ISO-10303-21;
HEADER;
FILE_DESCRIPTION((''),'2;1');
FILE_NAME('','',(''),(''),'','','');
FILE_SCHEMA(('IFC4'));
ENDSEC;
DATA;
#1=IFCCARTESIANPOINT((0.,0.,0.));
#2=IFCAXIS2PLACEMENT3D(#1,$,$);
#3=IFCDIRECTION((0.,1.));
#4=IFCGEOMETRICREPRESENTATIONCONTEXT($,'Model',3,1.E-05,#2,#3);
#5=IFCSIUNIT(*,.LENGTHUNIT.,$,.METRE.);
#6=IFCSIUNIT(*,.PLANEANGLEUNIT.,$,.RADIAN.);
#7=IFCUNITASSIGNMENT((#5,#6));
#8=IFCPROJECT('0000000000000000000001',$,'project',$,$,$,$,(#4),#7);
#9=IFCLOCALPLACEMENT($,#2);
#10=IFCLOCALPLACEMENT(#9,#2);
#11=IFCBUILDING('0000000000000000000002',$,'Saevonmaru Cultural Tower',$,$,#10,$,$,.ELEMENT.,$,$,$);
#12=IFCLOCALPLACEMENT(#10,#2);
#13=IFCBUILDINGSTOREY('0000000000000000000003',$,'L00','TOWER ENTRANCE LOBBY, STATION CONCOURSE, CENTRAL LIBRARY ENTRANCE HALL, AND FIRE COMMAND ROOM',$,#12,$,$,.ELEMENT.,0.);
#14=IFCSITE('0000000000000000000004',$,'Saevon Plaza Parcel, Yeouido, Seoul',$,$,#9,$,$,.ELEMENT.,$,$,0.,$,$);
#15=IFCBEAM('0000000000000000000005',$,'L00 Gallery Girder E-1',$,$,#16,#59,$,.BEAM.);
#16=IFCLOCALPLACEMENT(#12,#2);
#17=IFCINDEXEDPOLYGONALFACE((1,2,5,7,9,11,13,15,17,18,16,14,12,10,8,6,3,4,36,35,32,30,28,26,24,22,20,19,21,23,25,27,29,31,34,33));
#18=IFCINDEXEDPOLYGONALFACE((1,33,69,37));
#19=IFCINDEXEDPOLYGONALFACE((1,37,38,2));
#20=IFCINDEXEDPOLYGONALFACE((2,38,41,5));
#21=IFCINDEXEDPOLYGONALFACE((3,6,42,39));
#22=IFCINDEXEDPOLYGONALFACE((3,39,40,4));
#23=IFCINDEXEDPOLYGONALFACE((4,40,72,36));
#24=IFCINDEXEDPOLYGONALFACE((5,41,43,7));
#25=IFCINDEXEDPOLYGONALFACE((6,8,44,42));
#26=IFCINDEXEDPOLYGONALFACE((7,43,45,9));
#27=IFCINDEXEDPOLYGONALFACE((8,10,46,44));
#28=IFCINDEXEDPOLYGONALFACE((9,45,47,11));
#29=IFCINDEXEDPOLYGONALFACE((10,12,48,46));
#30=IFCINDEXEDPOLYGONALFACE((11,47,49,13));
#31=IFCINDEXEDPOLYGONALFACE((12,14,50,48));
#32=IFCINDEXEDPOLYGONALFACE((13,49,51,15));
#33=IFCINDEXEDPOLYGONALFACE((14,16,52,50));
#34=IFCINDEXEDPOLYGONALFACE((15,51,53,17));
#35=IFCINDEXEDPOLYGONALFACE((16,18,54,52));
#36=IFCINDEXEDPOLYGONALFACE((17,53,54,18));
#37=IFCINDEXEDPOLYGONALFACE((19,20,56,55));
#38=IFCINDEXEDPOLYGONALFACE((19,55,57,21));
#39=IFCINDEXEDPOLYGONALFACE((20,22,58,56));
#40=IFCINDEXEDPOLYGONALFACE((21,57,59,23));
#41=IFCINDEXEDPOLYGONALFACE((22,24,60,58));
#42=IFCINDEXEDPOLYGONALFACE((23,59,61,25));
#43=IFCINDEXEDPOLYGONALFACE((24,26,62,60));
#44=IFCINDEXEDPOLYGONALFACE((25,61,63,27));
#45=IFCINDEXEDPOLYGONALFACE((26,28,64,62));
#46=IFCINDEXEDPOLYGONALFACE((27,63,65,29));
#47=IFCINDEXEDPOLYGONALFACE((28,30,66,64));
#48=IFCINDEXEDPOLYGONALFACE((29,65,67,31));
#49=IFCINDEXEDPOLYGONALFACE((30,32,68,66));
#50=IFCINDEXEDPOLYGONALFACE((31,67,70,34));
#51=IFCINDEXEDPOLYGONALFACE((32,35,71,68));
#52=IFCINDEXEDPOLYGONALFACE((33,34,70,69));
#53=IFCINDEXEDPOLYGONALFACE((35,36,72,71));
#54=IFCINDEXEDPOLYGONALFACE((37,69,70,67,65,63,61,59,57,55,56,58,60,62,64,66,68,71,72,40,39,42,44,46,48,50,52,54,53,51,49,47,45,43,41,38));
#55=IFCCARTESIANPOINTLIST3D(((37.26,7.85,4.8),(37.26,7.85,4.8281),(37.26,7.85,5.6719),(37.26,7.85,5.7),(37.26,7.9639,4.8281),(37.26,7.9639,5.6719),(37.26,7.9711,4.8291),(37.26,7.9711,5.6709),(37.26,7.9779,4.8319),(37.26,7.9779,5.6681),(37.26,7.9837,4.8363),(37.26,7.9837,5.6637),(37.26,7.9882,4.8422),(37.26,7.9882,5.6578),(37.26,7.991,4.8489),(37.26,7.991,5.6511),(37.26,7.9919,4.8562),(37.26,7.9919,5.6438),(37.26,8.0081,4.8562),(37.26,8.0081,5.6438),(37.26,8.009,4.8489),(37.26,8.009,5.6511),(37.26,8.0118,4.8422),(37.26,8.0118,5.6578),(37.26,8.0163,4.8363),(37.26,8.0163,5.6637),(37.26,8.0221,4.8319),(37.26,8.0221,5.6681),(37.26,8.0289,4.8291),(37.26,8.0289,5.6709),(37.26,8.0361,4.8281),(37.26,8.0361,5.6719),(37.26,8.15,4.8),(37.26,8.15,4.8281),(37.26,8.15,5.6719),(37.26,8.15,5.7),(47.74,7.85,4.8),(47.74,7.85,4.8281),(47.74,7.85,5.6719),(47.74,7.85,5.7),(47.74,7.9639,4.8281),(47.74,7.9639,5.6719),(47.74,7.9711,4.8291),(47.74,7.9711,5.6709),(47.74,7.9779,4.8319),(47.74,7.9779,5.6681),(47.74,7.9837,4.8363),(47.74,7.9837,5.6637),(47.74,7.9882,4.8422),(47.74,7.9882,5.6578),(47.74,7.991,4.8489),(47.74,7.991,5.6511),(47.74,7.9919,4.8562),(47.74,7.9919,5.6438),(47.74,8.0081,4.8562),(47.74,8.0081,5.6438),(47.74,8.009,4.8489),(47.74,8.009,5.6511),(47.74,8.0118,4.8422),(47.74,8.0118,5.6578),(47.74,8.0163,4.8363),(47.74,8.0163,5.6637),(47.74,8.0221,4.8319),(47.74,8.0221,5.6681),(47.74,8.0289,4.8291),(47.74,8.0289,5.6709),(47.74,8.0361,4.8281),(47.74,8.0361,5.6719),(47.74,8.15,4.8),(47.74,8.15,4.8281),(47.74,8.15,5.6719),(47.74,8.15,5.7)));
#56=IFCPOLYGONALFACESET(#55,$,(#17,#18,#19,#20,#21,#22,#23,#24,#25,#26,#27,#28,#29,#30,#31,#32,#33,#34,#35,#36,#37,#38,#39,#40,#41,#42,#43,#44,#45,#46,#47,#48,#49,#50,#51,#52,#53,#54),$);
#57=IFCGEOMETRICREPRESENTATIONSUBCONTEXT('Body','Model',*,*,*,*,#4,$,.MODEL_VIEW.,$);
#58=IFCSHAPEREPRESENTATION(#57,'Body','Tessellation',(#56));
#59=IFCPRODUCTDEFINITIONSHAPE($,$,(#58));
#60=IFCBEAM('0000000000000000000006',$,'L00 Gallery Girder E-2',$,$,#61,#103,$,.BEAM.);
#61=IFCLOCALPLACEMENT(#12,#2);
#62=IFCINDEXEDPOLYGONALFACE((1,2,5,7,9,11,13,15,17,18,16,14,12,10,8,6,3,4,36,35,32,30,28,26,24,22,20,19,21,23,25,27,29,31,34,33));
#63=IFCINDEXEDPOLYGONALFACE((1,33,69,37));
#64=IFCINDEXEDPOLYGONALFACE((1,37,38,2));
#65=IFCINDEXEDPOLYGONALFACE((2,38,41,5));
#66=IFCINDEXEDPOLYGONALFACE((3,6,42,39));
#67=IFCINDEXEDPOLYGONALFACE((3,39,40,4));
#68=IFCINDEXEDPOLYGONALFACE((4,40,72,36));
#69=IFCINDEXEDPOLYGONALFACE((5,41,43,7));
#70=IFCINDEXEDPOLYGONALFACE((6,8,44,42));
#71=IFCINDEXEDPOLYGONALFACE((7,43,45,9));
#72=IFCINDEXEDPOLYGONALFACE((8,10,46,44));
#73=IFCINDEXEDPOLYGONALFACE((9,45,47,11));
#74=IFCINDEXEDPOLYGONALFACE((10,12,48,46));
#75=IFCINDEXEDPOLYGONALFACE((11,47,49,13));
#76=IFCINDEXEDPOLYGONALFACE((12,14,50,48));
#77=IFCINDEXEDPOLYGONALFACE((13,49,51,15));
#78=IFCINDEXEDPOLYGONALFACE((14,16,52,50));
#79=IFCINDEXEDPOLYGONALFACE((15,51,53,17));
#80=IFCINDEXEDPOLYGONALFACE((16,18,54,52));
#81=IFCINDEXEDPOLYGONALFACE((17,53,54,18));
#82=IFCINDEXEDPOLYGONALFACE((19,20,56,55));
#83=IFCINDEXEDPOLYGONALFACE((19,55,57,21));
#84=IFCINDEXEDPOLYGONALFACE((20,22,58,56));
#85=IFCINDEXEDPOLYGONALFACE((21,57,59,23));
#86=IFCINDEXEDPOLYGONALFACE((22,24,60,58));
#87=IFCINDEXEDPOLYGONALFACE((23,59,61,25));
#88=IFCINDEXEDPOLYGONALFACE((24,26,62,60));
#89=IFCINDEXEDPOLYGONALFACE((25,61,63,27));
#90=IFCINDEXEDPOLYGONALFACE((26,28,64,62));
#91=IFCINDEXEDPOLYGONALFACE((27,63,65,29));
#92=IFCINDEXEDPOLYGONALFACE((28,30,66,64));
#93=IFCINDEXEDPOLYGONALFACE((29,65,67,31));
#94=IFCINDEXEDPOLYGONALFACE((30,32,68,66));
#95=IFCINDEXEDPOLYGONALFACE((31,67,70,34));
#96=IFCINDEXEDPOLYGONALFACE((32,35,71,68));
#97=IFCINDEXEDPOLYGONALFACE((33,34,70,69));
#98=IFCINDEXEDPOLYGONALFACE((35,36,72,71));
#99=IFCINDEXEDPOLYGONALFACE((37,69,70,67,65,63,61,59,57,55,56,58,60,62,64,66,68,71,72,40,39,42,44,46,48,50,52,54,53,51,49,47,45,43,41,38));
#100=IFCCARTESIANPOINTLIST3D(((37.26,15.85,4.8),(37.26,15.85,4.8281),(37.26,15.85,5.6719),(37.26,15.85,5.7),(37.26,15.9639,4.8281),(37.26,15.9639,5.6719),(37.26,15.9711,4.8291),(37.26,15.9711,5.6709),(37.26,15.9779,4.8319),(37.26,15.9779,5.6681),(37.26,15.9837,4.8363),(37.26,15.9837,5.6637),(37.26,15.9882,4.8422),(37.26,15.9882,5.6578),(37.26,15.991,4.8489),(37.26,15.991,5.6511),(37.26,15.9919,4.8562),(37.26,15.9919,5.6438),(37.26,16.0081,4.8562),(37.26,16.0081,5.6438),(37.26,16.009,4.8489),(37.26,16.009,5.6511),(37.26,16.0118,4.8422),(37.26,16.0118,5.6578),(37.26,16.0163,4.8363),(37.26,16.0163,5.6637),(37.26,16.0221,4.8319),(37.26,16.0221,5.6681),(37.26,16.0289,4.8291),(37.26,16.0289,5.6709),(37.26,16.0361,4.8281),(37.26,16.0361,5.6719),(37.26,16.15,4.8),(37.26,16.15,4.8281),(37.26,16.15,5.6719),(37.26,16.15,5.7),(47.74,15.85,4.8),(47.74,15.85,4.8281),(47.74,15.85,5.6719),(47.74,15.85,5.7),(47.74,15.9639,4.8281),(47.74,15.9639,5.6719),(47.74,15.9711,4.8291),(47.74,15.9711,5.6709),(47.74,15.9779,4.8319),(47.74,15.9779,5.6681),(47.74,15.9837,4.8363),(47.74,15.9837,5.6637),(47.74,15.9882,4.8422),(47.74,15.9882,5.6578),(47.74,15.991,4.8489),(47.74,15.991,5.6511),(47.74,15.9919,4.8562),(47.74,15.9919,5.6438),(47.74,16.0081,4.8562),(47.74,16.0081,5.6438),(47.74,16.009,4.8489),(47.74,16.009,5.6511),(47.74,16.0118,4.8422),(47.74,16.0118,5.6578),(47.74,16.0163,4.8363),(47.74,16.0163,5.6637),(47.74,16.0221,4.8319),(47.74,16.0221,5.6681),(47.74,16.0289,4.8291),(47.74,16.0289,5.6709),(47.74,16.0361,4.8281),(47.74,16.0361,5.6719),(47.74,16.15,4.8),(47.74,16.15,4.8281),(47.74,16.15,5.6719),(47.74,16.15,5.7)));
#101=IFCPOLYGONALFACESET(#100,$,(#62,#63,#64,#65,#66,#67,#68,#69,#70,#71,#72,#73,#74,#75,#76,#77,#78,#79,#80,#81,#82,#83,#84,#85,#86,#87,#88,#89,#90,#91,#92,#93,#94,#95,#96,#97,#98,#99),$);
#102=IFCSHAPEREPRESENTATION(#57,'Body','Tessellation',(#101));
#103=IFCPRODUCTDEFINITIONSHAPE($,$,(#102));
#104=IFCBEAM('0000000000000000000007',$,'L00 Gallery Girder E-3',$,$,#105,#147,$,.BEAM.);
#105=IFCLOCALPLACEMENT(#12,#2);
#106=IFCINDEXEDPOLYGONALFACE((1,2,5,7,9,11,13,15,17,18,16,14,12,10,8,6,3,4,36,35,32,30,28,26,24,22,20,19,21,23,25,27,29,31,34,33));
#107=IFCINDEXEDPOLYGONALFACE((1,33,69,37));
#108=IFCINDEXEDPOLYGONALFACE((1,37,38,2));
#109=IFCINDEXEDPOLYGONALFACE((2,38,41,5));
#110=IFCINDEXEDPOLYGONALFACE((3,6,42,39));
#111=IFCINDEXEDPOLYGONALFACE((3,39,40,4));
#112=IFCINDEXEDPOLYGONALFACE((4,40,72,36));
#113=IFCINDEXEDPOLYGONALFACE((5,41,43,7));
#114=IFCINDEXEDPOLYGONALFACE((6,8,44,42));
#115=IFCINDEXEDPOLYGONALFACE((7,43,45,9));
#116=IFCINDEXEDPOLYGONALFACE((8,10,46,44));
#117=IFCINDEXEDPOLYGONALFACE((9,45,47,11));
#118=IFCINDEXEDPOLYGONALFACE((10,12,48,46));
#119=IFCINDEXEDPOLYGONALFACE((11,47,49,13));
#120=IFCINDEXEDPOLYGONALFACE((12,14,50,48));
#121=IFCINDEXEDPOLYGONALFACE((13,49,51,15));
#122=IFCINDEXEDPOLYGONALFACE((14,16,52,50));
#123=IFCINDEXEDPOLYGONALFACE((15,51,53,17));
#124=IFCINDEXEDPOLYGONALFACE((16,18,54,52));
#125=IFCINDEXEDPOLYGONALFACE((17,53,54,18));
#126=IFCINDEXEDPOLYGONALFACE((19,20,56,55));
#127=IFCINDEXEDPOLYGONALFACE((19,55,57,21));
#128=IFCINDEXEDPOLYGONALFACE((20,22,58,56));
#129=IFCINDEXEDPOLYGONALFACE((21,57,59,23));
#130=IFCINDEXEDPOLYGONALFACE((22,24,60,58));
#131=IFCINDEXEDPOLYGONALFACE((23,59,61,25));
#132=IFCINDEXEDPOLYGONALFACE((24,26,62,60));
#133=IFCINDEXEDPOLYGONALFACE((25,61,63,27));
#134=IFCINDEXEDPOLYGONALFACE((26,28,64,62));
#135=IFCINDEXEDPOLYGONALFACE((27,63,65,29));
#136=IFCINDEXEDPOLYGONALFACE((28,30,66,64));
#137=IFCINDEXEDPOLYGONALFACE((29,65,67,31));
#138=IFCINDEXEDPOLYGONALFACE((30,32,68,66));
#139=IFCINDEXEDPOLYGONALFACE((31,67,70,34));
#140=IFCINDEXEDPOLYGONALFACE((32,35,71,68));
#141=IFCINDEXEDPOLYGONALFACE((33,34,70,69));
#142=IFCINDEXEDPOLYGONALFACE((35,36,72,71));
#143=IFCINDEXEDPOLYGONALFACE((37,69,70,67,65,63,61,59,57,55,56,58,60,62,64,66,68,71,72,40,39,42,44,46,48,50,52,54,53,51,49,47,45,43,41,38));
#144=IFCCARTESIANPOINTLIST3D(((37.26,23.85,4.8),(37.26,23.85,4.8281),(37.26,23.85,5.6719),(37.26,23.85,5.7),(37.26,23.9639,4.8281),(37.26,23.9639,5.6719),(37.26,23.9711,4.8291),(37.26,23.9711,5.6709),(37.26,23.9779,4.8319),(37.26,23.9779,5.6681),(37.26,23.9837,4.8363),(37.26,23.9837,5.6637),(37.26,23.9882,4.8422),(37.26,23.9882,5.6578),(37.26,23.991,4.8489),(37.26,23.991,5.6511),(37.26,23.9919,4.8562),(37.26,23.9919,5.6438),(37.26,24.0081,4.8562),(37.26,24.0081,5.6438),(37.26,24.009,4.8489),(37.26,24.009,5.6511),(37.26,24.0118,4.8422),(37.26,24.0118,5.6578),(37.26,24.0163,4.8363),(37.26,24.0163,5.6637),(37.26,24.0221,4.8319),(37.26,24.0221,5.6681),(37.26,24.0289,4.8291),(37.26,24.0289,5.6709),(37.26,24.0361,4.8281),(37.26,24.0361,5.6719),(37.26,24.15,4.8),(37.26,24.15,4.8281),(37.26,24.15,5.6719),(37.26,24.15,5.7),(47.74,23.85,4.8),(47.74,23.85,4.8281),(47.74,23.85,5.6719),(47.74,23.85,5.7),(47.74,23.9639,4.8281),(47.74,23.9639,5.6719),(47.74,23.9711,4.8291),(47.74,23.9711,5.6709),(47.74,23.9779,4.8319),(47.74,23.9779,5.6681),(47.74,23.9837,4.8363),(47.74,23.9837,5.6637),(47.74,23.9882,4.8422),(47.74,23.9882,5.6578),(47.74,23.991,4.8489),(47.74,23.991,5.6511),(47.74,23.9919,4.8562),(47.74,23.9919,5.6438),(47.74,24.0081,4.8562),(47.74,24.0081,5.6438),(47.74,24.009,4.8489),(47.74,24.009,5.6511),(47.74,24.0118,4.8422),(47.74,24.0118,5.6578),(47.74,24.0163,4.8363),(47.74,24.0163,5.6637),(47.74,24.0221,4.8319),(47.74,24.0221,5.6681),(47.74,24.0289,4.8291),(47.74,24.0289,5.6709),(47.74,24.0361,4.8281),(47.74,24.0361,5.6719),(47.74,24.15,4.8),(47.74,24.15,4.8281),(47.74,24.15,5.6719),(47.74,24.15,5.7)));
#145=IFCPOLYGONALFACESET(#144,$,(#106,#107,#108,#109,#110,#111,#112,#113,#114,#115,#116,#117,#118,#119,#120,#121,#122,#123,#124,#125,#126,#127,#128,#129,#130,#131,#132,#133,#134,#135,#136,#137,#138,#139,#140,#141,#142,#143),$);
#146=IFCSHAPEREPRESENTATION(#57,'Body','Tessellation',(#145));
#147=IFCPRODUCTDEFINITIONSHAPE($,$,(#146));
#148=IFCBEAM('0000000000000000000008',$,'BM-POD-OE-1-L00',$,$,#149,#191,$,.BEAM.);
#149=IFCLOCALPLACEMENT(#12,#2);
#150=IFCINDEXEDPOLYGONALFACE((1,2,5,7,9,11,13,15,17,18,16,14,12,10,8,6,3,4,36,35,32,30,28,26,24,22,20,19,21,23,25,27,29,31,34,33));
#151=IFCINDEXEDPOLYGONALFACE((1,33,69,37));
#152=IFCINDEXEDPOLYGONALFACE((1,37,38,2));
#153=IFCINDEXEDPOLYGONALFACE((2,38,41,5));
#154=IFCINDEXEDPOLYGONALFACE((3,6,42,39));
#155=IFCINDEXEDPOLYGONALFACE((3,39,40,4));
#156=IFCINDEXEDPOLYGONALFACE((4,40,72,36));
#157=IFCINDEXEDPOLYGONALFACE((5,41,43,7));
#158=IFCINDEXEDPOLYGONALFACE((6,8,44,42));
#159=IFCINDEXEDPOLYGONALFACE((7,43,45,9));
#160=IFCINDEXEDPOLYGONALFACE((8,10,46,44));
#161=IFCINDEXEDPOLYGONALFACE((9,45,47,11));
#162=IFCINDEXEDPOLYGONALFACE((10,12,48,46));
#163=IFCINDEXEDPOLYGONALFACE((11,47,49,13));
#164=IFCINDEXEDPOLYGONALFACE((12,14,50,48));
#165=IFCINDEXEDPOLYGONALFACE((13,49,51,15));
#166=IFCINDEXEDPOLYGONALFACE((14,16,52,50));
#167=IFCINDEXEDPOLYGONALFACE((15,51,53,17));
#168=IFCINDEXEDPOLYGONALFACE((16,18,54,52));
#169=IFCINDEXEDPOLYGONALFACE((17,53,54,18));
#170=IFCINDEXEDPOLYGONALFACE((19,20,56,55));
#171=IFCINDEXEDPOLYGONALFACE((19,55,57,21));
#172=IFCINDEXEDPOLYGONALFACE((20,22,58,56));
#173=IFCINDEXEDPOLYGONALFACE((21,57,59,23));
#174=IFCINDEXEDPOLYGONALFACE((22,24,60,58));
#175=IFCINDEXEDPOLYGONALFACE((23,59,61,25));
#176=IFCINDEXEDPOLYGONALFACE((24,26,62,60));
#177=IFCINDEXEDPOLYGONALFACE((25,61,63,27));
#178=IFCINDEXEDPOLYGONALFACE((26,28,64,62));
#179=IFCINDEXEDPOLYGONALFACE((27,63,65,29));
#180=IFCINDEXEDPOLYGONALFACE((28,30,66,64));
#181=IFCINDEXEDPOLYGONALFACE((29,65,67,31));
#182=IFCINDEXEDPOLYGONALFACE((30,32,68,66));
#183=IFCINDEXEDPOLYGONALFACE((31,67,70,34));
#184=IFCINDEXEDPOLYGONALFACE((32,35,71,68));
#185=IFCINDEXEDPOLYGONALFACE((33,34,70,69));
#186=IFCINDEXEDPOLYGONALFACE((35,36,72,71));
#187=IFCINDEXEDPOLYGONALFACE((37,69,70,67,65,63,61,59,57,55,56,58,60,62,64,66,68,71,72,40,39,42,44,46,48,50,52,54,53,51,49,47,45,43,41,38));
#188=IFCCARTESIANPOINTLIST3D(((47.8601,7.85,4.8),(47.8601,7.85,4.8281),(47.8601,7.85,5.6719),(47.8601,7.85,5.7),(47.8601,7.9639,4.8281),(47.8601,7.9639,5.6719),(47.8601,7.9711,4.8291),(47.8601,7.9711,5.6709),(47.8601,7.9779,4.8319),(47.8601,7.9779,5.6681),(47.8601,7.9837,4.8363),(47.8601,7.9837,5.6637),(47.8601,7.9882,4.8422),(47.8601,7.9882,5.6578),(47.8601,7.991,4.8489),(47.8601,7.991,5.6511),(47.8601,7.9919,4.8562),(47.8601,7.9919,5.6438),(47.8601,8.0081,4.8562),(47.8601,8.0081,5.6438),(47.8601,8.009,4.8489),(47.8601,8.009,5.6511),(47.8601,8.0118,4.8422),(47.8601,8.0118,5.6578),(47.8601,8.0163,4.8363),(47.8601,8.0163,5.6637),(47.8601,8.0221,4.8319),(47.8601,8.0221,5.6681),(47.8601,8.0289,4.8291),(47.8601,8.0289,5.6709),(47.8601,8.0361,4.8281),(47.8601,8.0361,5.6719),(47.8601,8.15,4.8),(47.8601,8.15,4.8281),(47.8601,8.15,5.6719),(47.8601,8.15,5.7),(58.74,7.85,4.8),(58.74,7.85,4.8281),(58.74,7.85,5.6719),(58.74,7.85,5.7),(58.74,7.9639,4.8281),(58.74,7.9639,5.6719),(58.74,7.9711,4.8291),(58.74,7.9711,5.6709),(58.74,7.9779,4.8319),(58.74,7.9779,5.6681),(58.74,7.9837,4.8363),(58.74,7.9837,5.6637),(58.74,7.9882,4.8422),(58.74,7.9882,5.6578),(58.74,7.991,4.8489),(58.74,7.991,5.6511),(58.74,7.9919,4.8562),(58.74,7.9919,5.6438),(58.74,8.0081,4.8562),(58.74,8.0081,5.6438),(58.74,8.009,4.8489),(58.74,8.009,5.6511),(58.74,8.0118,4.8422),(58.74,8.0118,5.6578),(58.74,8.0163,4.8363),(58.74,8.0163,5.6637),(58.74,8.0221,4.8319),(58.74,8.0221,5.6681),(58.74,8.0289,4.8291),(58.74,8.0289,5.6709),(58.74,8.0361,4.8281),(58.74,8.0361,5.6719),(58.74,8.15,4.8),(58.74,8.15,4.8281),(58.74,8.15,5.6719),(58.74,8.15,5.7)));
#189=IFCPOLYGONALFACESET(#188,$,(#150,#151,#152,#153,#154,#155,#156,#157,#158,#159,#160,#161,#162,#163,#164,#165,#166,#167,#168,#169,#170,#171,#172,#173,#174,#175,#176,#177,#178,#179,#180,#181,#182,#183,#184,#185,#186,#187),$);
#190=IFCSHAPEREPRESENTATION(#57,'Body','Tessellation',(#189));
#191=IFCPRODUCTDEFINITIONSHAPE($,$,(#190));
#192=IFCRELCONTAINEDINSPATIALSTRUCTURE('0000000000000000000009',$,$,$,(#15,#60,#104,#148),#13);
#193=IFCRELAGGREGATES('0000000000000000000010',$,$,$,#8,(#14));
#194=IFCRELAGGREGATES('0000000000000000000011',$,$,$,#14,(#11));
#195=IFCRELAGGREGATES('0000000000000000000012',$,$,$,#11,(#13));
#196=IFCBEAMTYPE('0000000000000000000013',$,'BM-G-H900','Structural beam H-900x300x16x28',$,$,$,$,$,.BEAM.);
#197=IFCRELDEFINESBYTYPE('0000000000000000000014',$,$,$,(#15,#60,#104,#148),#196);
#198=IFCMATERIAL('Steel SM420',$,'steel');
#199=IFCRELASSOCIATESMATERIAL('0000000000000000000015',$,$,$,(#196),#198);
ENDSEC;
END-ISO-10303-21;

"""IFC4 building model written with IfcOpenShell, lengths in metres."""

from ifc_helpers import new_model, si_unit, direction, frame, origin, origin_2d, place, context, subcontext, project, spatial, i_section, extrude, material, material_profile, profile_set, type_object, element, save


model = new_model("IFC4")

# Units and contexts
model_context = context("Model", 3, precision=1e-05, world=origin(), true_north=direction((0.0, 1.0)))
body_context = subcontext(model_context, "Body", "Model", "MODEL_VIEW")
ifc_project = project(units=[si_unit("LENGTHUNIT", "METRE"), si_unit("PLANEANGLEUNIT", "RADIAN")], contexts=[model_context])

# Site, building, storey
site_placement = place(None, origin())
site = spatial("IfcSite", under=ifc_project, at=site_placement, Name="Saevon Plaza Parcel, Yeouido, Seoul", CompositionType="ELEMENT", RefElevation=0.0)
building_placement = place(site_placement, origin())
building = spatial("IfcBuilding", under=site, at=building_placement, Name="Saevonmaru Cultural Tower", CompositionType="ELEMENT")
storey_placement = place(building_placement, origin())
storey = spatial("IfcBuildingStorey", under=building, at=storey_placement, Name="L00", Description="TOWER ENTRANCE LOBBY, STATION CONCOURSE, CENTRAL LIBRARY ENTRANCE HALL, AND FIRE COMMAND ROOM", CompositionType="ELEMENT", Elevation=0.0)

# Beams
ifc_material_1 = material(Name="Steel SM420", Category="steel")
ifc_material_profile_1 = material_profile(ifc_material_1, i_section(OverallWidth=0.3, OverallDepth=0.8999, WebThickness=0.0161, FlangeThickness=0.0281, FilletRadius=0.0281, at=origin_2d()), Name="H-900x300x16x28")
ifc_profile_set_1 = profile_set([ifc_material_profile_1], Name="Steel SM420")
beam_type_1 = type_object("IfcBeamType", Name="BM-G-H900", Description="Structural beam H-900x300x16x28", PredefinedType="BEAM", material=ifc_profile_set_1)
for number, where, z_axis, x_axis, name in (
    (1, (37.26, 8.0, 5.25), (1.0, 0.0, 0.0), (0.0, 1.0, 0.0), "L00 Gallery Girder E-1"),
    (2, (37.26, 16.0, 5.25), (1.0, 0.0, 0.0), (0.0, 1.0, 0.0), "L00 Gallery Girder E-2"),
    (3, (37.26, 24.0, 5.25), (1.0, 0.0, 0.0), (0.0, 1.0, 0.0), "L00 Gallery Girder E-3"),
):
    element("IfcBeam", number, at=place(storey_placement, frame(where, z_axis=z_axis, x_axis=x_axis)), inside=storey, type_object=beam_type_1, Name=name, PredefinedType="BEAM", context=body_context, shape_type="SweptSolid", body=[
        extrude(i_section(OverallWidth=0.3, OverallDepth=0.8999, WebThickness=0.0161, FlangeThickness=0.0281, FilletRadius=0.0281, at=origin_2d()), origin(), (0.0, 0.0, 1.0), 10.48),
    ])
for number, where, z_axis, x_axis, name in (
    (4, (47.8601, 8.0, 5.25), (1.0, 0.0, 0.0), (0.0, 1.0, 0.0), "BM-POD-OE-1-L00"),
):
    element("IfcBeam", number, at=place(storey_placement, frame(where, z_axis=z_axis, x_axis=x_axis)), inside=storey, type_object=beam_type_1, Name=name, PredefinedType="BEAM", context=body_context, shape_type="SweptSolid", body=[
        extrude(i_section(OverallWidth=0.3, OverallDepth=0.8999, WebThickness=0.0161, FlangeThickness=0.0281, FilletRadius=0.0281, at=origin_2d()), origin(), (0.0, 0.0, 1.0), 10.8799),
    ])

save(model, "model.ifc")
